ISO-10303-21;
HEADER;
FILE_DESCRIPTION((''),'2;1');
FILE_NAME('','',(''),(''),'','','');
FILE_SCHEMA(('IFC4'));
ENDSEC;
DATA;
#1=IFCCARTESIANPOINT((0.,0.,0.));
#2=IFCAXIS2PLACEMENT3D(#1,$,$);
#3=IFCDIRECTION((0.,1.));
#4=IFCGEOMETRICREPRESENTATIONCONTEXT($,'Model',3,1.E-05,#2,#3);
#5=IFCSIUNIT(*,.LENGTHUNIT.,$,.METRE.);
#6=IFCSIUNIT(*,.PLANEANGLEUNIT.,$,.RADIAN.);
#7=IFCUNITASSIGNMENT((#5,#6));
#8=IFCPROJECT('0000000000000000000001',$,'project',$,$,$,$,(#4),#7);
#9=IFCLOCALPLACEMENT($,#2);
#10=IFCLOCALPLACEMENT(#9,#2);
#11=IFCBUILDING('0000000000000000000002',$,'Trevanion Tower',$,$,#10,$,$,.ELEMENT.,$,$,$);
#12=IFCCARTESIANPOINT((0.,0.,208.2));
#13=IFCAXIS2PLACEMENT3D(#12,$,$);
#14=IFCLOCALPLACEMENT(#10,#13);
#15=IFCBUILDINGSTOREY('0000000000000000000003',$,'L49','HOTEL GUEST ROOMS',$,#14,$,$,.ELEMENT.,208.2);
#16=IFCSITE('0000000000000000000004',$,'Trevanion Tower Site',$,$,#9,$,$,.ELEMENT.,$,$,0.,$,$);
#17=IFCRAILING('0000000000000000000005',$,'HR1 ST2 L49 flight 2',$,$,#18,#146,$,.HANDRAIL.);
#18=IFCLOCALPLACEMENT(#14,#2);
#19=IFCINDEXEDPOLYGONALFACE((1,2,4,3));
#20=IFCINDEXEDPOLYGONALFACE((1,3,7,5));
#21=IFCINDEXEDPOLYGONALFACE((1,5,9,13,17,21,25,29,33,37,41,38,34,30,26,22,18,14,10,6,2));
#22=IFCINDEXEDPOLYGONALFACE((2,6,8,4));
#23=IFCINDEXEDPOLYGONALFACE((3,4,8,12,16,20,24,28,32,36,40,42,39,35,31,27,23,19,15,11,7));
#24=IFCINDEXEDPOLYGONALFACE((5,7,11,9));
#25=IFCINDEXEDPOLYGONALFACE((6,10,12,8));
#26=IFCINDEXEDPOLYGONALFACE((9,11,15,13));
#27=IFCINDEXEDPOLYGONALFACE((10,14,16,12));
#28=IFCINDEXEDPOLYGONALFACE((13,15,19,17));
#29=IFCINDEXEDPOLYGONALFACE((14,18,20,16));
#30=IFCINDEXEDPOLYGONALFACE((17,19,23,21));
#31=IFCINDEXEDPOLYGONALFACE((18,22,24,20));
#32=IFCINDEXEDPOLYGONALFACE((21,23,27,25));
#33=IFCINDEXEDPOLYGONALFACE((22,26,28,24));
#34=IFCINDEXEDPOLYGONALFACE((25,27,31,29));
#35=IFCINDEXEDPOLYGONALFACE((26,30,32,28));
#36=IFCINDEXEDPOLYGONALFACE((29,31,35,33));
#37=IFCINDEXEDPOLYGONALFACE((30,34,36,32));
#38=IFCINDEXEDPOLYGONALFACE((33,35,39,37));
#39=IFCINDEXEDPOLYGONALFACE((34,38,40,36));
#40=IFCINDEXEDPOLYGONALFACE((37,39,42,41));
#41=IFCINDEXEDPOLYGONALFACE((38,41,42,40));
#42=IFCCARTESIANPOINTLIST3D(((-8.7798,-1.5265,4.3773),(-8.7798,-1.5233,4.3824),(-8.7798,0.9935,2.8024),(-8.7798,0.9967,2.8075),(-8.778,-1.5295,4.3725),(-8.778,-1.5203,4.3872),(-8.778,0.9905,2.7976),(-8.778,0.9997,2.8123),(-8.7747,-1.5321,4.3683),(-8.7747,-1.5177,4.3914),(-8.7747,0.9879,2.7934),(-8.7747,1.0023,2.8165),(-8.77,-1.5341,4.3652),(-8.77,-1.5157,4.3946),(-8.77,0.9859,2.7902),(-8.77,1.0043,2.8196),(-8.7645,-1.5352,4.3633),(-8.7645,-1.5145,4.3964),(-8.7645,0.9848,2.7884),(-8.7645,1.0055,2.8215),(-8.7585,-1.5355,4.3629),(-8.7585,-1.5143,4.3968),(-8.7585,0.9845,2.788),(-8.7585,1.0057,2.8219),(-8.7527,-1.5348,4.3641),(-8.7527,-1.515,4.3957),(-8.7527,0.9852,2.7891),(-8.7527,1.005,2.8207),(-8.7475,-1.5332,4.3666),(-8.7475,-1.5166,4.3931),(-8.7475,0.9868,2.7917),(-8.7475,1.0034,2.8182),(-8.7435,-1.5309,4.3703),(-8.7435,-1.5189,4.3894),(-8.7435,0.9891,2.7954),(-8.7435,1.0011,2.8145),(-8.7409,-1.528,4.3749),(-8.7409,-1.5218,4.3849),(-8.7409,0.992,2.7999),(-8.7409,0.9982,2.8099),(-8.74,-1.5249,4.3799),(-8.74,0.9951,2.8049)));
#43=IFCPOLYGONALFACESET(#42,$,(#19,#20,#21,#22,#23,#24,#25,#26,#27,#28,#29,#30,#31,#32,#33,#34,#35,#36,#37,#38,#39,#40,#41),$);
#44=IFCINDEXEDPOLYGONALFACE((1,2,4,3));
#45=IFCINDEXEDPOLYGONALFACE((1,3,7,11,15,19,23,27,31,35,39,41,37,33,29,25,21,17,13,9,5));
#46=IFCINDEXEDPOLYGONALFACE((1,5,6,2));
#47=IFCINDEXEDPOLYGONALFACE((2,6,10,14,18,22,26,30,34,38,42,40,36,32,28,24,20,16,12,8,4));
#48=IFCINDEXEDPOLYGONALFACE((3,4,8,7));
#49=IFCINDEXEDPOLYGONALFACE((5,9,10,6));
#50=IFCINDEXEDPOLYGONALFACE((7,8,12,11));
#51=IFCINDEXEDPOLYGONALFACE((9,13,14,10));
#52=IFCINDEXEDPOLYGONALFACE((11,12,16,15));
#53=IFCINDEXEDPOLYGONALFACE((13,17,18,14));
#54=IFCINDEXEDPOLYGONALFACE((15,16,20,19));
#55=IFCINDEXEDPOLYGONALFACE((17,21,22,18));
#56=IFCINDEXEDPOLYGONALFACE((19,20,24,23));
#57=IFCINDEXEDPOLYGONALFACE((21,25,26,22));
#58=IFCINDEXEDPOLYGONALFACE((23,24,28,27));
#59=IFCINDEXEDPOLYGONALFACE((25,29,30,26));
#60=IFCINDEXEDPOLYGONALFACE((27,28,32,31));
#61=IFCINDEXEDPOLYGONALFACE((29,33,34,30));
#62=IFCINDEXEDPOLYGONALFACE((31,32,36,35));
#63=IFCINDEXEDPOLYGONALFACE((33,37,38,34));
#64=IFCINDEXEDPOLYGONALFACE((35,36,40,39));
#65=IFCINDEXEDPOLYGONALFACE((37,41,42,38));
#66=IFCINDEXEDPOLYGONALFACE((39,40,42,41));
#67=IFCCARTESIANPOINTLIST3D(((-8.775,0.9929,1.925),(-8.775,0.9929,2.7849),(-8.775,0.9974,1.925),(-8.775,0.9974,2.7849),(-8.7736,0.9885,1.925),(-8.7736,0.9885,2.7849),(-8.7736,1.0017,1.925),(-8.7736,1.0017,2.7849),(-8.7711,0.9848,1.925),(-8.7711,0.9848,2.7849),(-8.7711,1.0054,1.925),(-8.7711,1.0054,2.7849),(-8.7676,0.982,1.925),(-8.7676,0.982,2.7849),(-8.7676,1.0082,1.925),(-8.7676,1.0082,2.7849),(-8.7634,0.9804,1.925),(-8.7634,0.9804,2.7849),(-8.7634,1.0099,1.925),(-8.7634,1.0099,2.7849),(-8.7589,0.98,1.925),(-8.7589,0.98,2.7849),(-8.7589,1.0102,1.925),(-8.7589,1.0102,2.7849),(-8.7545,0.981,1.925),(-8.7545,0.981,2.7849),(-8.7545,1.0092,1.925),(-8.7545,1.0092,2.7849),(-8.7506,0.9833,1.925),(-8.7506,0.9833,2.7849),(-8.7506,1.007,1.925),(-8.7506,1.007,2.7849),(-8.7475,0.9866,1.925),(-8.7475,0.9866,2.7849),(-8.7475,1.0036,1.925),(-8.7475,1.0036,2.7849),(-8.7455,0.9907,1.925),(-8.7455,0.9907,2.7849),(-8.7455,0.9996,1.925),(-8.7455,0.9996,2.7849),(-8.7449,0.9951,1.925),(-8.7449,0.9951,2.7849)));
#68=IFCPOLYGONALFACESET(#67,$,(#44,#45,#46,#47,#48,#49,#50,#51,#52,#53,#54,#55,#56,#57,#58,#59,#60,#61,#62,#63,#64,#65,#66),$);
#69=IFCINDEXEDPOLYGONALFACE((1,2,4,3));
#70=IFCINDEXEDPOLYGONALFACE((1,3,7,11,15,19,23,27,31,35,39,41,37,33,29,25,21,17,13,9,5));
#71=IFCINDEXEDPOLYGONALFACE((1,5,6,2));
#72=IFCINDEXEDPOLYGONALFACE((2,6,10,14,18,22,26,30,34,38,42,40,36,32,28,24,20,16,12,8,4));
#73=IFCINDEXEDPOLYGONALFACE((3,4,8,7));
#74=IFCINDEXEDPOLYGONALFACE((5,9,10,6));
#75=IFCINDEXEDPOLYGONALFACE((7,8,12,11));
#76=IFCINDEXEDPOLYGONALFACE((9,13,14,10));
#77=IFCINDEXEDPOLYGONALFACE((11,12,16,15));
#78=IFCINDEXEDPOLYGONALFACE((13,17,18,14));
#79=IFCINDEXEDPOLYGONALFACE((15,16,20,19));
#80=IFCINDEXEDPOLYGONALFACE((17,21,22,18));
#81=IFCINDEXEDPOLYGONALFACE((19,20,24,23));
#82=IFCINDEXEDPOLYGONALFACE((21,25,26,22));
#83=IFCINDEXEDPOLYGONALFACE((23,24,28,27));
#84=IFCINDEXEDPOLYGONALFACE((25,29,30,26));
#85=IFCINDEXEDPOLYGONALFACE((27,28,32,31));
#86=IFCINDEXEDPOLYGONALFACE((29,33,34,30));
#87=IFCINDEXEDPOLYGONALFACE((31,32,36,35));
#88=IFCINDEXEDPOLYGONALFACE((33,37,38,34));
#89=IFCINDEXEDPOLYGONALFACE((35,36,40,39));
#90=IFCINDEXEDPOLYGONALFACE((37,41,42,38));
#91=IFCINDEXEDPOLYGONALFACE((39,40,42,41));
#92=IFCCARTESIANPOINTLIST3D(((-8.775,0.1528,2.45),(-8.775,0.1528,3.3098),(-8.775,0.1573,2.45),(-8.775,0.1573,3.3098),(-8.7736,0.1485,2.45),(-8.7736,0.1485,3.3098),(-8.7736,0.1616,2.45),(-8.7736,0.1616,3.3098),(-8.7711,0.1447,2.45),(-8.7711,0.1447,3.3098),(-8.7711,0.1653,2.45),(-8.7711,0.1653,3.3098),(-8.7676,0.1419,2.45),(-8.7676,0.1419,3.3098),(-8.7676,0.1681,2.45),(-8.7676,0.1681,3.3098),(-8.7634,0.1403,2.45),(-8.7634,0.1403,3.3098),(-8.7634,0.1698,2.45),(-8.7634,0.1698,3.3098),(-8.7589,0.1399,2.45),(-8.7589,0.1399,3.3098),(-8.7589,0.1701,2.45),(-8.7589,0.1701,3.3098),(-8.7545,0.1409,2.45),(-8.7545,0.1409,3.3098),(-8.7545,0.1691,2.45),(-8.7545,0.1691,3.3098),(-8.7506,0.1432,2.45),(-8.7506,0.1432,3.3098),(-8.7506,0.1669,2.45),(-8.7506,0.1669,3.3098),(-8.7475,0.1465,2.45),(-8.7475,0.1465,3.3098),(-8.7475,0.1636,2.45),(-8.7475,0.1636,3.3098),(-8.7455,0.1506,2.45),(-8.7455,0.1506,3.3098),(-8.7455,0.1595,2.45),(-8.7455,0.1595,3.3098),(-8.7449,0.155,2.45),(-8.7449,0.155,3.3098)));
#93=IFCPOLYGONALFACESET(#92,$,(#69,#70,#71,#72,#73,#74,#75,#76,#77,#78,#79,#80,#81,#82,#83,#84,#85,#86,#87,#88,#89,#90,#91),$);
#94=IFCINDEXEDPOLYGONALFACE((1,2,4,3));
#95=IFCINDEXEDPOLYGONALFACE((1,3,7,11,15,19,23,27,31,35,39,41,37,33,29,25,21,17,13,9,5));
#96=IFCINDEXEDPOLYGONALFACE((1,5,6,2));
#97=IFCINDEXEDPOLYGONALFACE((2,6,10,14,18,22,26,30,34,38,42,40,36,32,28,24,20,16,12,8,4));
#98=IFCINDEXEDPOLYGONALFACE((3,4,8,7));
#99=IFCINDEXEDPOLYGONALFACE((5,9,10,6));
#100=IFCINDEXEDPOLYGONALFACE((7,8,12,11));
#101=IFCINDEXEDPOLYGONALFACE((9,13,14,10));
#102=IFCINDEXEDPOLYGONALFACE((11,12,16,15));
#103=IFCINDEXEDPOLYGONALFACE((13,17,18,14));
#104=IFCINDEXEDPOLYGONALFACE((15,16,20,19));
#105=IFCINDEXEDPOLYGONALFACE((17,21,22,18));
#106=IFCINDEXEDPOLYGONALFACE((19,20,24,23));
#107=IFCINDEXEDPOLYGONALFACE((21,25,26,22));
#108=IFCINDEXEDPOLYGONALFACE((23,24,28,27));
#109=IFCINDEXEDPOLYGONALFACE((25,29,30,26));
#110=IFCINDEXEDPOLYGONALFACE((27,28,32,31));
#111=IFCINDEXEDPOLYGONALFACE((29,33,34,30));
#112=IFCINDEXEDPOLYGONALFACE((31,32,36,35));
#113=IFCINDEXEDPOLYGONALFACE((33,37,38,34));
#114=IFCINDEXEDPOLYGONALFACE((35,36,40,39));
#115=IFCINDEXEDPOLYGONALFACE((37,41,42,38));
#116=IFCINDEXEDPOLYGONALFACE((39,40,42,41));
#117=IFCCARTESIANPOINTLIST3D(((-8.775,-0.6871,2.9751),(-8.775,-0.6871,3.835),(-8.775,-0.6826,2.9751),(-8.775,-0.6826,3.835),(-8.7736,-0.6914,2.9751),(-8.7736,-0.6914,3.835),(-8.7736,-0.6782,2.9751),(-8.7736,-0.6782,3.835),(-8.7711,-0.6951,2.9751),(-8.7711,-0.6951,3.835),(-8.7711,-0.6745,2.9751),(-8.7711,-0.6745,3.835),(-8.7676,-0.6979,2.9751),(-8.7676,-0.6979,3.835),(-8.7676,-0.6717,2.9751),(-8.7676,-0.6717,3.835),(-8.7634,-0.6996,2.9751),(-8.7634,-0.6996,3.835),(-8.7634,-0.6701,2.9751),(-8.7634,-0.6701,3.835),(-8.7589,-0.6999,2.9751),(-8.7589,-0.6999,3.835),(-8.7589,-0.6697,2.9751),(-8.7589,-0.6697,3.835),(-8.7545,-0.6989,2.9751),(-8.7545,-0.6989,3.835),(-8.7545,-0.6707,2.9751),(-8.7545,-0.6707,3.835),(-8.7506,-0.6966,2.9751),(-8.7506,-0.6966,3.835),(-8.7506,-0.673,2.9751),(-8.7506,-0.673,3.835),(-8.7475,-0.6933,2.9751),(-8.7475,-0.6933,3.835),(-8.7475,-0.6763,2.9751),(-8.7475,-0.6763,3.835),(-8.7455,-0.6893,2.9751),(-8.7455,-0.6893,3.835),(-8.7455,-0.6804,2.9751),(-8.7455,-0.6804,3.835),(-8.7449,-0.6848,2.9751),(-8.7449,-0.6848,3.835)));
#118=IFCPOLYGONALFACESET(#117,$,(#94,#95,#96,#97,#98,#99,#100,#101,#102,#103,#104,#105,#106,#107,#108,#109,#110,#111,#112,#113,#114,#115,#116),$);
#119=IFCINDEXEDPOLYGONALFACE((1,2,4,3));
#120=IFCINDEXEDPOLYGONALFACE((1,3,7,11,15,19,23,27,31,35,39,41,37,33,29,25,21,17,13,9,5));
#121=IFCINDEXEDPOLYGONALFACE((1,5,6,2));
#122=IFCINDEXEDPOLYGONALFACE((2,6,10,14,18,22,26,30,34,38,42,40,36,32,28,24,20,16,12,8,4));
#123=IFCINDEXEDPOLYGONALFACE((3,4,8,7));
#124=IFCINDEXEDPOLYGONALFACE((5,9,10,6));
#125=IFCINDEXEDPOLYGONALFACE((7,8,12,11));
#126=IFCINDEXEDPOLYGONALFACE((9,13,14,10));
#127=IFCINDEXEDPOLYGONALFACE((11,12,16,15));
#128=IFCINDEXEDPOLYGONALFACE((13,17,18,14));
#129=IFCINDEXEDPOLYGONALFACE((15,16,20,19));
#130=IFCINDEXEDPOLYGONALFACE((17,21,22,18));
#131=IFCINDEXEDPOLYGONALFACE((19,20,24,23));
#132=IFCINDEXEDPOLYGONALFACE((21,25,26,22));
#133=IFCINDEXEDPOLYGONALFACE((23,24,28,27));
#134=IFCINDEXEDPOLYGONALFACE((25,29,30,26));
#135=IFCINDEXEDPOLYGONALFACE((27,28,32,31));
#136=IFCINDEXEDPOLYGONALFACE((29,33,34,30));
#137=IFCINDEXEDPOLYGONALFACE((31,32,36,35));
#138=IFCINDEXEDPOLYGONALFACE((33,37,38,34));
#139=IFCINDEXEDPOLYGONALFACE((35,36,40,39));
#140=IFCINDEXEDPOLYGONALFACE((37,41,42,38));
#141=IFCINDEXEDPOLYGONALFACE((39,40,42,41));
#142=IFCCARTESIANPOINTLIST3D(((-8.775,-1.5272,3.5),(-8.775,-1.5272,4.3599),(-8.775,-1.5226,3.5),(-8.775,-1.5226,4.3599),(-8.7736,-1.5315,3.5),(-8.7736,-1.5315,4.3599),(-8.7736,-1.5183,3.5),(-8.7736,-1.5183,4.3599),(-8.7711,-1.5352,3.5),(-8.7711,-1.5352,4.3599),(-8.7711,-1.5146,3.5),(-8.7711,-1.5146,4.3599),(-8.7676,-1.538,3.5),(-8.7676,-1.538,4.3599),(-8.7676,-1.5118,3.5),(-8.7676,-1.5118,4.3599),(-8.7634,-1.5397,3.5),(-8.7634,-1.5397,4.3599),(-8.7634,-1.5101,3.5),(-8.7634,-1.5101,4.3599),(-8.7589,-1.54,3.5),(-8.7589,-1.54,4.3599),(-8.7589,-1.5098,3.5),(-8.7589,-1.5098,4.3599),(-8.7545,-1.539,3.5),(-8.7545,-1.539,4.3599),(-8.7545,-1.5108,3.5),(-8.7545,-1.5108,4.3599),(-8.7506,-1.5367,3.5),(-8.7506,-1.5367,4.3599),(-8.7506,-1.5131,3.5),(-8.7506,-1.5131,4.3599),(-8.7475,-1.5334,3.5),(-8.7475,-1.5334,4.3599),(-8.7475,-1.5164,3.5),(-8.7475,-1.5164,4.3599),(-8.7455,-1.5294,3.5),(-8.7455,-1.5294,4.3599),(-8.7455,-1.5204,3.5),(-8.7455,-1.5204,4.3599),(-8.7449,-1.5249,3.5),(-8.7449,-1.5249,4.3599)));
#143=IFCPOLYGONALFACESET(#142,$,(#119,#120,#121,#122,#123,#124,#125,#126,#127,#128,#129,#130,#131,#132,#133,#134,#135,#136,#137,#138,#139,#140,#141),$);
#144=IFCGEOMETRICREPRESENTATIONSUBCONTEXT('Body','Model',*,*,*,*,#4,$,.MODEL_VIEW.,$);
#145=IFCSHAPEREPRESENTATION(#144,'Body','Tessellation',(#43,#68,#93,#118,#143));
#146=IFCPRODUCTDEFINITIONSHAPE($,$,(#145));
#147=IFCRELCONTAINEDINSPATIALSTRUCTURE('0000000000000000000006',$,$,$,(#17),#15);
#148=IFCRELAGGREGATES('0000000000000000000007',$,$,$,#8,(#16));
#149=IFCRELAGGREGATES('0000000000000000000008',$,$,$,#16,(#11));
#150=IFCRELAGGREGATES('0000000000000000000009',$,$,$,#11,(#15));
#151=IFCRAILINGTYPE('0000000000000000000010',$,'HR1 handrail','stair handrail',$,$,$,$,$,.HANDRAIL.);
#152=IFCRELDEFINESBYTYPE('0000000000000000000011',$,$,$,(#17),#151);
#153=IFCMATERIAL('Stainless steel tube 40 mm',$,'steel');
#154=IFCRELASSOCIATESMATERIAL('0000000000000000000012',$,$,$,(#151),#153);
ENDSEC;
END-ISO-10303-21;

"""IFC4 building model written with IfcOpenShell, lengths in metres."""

from ifc_helpers import new_model, si_unit, direction, frame, origin, origin_2d, place, context, subcontext, project, spatial, circle, extrude, material, type_object, element, save


model = new_model("IFC4")

# Units and contexts
model_context = context("Model", 3, precision=1e-05, world=origin(), true_north=direction((0.0, 1.0)))
body_context = subcontext(model_context, "Body", "Model", "MODEL_VIEW")
ifc_project = project(units=[si_unit("LENGTHUNIT", "METRE"), si_unit("PLANEANGLEUNIT", "RADIAN")], contexts=[model_context])

# Site, building, storey
site_placement = place(None, origin())
site = spatial("IfcSite", under=ifc_project, at=site_placement, Name="Trevanion Tower Site", CompositionType="ELEMENT", RefElevation=0.0)
building_placement = place(site_placement, origin())
building = spatial("IfcBuilding", under=site, at=building_placement, Name="Trevanion Tower", CompositionType="ELEMENT")
storey_placement = place(building_placement, frame((0.0, 0.0, 208.2)))
storey = spatial("IfcBuildingStorey", under=building, at=storey_placement, Name="L49", Description="HOTEL GUEST ROOMS", CompositionType="ELEMENT", Elevation=208.2)

# Railing
ifc_material_1 = material(Name="Stainless steel tube 40 mm", Category="steel")
railing_type = type_object("IfcRailingType", Name="HR1 handrail", Description="stair handrail", PredefinedType="HANDRAIL", material=ifc_material_1)
for number, where, name in (
    (1, (-8.76, 0.9951, 1.925), "HR1 ST2 L49 flight 2"),
):
    element("IfcRailing", number, at=place(storey_placement, frame(where)), inside=storey, type_object=railing_type, Name=name, PredefinedType="HANDRAIL", context=body_context, shape_type="SweptSolid", body=[
        extrude(circle(Radius=0.02, at=origin_2d()), frame((0.0, 0.0, 0.8799), z_axis=(0.0, -0.848008, 0.529984), x_axis=(1.0, 0.0, 0.0)), (0.0, 0.0, 1.0), 2.9717),
        extrude(circle(Radius=0.0151, at=origin_2d()), origin(), (0.0, 0.0, 1.0), 0.8599),
        extrude(circle(Radius=0.0151, at=origin_2d()), frame((0.0, -0.8401, 0.5249)), (0.0, 0.0, 1.0), 0.8599),
        extrude(circle(Radius=0.0151, at=origin_2d()), frame((0.0, -1.6799, 1.05)), (0.0, 0.0, 1.0), 0.8599),
        extrude(circle(Radius=0.0151, at=origin_2d()), frame((0.0, -2.52, 1.575)), (0.0, 0.0, 1.0), 0.8599),
    ])

save(model, "model.ifc")
